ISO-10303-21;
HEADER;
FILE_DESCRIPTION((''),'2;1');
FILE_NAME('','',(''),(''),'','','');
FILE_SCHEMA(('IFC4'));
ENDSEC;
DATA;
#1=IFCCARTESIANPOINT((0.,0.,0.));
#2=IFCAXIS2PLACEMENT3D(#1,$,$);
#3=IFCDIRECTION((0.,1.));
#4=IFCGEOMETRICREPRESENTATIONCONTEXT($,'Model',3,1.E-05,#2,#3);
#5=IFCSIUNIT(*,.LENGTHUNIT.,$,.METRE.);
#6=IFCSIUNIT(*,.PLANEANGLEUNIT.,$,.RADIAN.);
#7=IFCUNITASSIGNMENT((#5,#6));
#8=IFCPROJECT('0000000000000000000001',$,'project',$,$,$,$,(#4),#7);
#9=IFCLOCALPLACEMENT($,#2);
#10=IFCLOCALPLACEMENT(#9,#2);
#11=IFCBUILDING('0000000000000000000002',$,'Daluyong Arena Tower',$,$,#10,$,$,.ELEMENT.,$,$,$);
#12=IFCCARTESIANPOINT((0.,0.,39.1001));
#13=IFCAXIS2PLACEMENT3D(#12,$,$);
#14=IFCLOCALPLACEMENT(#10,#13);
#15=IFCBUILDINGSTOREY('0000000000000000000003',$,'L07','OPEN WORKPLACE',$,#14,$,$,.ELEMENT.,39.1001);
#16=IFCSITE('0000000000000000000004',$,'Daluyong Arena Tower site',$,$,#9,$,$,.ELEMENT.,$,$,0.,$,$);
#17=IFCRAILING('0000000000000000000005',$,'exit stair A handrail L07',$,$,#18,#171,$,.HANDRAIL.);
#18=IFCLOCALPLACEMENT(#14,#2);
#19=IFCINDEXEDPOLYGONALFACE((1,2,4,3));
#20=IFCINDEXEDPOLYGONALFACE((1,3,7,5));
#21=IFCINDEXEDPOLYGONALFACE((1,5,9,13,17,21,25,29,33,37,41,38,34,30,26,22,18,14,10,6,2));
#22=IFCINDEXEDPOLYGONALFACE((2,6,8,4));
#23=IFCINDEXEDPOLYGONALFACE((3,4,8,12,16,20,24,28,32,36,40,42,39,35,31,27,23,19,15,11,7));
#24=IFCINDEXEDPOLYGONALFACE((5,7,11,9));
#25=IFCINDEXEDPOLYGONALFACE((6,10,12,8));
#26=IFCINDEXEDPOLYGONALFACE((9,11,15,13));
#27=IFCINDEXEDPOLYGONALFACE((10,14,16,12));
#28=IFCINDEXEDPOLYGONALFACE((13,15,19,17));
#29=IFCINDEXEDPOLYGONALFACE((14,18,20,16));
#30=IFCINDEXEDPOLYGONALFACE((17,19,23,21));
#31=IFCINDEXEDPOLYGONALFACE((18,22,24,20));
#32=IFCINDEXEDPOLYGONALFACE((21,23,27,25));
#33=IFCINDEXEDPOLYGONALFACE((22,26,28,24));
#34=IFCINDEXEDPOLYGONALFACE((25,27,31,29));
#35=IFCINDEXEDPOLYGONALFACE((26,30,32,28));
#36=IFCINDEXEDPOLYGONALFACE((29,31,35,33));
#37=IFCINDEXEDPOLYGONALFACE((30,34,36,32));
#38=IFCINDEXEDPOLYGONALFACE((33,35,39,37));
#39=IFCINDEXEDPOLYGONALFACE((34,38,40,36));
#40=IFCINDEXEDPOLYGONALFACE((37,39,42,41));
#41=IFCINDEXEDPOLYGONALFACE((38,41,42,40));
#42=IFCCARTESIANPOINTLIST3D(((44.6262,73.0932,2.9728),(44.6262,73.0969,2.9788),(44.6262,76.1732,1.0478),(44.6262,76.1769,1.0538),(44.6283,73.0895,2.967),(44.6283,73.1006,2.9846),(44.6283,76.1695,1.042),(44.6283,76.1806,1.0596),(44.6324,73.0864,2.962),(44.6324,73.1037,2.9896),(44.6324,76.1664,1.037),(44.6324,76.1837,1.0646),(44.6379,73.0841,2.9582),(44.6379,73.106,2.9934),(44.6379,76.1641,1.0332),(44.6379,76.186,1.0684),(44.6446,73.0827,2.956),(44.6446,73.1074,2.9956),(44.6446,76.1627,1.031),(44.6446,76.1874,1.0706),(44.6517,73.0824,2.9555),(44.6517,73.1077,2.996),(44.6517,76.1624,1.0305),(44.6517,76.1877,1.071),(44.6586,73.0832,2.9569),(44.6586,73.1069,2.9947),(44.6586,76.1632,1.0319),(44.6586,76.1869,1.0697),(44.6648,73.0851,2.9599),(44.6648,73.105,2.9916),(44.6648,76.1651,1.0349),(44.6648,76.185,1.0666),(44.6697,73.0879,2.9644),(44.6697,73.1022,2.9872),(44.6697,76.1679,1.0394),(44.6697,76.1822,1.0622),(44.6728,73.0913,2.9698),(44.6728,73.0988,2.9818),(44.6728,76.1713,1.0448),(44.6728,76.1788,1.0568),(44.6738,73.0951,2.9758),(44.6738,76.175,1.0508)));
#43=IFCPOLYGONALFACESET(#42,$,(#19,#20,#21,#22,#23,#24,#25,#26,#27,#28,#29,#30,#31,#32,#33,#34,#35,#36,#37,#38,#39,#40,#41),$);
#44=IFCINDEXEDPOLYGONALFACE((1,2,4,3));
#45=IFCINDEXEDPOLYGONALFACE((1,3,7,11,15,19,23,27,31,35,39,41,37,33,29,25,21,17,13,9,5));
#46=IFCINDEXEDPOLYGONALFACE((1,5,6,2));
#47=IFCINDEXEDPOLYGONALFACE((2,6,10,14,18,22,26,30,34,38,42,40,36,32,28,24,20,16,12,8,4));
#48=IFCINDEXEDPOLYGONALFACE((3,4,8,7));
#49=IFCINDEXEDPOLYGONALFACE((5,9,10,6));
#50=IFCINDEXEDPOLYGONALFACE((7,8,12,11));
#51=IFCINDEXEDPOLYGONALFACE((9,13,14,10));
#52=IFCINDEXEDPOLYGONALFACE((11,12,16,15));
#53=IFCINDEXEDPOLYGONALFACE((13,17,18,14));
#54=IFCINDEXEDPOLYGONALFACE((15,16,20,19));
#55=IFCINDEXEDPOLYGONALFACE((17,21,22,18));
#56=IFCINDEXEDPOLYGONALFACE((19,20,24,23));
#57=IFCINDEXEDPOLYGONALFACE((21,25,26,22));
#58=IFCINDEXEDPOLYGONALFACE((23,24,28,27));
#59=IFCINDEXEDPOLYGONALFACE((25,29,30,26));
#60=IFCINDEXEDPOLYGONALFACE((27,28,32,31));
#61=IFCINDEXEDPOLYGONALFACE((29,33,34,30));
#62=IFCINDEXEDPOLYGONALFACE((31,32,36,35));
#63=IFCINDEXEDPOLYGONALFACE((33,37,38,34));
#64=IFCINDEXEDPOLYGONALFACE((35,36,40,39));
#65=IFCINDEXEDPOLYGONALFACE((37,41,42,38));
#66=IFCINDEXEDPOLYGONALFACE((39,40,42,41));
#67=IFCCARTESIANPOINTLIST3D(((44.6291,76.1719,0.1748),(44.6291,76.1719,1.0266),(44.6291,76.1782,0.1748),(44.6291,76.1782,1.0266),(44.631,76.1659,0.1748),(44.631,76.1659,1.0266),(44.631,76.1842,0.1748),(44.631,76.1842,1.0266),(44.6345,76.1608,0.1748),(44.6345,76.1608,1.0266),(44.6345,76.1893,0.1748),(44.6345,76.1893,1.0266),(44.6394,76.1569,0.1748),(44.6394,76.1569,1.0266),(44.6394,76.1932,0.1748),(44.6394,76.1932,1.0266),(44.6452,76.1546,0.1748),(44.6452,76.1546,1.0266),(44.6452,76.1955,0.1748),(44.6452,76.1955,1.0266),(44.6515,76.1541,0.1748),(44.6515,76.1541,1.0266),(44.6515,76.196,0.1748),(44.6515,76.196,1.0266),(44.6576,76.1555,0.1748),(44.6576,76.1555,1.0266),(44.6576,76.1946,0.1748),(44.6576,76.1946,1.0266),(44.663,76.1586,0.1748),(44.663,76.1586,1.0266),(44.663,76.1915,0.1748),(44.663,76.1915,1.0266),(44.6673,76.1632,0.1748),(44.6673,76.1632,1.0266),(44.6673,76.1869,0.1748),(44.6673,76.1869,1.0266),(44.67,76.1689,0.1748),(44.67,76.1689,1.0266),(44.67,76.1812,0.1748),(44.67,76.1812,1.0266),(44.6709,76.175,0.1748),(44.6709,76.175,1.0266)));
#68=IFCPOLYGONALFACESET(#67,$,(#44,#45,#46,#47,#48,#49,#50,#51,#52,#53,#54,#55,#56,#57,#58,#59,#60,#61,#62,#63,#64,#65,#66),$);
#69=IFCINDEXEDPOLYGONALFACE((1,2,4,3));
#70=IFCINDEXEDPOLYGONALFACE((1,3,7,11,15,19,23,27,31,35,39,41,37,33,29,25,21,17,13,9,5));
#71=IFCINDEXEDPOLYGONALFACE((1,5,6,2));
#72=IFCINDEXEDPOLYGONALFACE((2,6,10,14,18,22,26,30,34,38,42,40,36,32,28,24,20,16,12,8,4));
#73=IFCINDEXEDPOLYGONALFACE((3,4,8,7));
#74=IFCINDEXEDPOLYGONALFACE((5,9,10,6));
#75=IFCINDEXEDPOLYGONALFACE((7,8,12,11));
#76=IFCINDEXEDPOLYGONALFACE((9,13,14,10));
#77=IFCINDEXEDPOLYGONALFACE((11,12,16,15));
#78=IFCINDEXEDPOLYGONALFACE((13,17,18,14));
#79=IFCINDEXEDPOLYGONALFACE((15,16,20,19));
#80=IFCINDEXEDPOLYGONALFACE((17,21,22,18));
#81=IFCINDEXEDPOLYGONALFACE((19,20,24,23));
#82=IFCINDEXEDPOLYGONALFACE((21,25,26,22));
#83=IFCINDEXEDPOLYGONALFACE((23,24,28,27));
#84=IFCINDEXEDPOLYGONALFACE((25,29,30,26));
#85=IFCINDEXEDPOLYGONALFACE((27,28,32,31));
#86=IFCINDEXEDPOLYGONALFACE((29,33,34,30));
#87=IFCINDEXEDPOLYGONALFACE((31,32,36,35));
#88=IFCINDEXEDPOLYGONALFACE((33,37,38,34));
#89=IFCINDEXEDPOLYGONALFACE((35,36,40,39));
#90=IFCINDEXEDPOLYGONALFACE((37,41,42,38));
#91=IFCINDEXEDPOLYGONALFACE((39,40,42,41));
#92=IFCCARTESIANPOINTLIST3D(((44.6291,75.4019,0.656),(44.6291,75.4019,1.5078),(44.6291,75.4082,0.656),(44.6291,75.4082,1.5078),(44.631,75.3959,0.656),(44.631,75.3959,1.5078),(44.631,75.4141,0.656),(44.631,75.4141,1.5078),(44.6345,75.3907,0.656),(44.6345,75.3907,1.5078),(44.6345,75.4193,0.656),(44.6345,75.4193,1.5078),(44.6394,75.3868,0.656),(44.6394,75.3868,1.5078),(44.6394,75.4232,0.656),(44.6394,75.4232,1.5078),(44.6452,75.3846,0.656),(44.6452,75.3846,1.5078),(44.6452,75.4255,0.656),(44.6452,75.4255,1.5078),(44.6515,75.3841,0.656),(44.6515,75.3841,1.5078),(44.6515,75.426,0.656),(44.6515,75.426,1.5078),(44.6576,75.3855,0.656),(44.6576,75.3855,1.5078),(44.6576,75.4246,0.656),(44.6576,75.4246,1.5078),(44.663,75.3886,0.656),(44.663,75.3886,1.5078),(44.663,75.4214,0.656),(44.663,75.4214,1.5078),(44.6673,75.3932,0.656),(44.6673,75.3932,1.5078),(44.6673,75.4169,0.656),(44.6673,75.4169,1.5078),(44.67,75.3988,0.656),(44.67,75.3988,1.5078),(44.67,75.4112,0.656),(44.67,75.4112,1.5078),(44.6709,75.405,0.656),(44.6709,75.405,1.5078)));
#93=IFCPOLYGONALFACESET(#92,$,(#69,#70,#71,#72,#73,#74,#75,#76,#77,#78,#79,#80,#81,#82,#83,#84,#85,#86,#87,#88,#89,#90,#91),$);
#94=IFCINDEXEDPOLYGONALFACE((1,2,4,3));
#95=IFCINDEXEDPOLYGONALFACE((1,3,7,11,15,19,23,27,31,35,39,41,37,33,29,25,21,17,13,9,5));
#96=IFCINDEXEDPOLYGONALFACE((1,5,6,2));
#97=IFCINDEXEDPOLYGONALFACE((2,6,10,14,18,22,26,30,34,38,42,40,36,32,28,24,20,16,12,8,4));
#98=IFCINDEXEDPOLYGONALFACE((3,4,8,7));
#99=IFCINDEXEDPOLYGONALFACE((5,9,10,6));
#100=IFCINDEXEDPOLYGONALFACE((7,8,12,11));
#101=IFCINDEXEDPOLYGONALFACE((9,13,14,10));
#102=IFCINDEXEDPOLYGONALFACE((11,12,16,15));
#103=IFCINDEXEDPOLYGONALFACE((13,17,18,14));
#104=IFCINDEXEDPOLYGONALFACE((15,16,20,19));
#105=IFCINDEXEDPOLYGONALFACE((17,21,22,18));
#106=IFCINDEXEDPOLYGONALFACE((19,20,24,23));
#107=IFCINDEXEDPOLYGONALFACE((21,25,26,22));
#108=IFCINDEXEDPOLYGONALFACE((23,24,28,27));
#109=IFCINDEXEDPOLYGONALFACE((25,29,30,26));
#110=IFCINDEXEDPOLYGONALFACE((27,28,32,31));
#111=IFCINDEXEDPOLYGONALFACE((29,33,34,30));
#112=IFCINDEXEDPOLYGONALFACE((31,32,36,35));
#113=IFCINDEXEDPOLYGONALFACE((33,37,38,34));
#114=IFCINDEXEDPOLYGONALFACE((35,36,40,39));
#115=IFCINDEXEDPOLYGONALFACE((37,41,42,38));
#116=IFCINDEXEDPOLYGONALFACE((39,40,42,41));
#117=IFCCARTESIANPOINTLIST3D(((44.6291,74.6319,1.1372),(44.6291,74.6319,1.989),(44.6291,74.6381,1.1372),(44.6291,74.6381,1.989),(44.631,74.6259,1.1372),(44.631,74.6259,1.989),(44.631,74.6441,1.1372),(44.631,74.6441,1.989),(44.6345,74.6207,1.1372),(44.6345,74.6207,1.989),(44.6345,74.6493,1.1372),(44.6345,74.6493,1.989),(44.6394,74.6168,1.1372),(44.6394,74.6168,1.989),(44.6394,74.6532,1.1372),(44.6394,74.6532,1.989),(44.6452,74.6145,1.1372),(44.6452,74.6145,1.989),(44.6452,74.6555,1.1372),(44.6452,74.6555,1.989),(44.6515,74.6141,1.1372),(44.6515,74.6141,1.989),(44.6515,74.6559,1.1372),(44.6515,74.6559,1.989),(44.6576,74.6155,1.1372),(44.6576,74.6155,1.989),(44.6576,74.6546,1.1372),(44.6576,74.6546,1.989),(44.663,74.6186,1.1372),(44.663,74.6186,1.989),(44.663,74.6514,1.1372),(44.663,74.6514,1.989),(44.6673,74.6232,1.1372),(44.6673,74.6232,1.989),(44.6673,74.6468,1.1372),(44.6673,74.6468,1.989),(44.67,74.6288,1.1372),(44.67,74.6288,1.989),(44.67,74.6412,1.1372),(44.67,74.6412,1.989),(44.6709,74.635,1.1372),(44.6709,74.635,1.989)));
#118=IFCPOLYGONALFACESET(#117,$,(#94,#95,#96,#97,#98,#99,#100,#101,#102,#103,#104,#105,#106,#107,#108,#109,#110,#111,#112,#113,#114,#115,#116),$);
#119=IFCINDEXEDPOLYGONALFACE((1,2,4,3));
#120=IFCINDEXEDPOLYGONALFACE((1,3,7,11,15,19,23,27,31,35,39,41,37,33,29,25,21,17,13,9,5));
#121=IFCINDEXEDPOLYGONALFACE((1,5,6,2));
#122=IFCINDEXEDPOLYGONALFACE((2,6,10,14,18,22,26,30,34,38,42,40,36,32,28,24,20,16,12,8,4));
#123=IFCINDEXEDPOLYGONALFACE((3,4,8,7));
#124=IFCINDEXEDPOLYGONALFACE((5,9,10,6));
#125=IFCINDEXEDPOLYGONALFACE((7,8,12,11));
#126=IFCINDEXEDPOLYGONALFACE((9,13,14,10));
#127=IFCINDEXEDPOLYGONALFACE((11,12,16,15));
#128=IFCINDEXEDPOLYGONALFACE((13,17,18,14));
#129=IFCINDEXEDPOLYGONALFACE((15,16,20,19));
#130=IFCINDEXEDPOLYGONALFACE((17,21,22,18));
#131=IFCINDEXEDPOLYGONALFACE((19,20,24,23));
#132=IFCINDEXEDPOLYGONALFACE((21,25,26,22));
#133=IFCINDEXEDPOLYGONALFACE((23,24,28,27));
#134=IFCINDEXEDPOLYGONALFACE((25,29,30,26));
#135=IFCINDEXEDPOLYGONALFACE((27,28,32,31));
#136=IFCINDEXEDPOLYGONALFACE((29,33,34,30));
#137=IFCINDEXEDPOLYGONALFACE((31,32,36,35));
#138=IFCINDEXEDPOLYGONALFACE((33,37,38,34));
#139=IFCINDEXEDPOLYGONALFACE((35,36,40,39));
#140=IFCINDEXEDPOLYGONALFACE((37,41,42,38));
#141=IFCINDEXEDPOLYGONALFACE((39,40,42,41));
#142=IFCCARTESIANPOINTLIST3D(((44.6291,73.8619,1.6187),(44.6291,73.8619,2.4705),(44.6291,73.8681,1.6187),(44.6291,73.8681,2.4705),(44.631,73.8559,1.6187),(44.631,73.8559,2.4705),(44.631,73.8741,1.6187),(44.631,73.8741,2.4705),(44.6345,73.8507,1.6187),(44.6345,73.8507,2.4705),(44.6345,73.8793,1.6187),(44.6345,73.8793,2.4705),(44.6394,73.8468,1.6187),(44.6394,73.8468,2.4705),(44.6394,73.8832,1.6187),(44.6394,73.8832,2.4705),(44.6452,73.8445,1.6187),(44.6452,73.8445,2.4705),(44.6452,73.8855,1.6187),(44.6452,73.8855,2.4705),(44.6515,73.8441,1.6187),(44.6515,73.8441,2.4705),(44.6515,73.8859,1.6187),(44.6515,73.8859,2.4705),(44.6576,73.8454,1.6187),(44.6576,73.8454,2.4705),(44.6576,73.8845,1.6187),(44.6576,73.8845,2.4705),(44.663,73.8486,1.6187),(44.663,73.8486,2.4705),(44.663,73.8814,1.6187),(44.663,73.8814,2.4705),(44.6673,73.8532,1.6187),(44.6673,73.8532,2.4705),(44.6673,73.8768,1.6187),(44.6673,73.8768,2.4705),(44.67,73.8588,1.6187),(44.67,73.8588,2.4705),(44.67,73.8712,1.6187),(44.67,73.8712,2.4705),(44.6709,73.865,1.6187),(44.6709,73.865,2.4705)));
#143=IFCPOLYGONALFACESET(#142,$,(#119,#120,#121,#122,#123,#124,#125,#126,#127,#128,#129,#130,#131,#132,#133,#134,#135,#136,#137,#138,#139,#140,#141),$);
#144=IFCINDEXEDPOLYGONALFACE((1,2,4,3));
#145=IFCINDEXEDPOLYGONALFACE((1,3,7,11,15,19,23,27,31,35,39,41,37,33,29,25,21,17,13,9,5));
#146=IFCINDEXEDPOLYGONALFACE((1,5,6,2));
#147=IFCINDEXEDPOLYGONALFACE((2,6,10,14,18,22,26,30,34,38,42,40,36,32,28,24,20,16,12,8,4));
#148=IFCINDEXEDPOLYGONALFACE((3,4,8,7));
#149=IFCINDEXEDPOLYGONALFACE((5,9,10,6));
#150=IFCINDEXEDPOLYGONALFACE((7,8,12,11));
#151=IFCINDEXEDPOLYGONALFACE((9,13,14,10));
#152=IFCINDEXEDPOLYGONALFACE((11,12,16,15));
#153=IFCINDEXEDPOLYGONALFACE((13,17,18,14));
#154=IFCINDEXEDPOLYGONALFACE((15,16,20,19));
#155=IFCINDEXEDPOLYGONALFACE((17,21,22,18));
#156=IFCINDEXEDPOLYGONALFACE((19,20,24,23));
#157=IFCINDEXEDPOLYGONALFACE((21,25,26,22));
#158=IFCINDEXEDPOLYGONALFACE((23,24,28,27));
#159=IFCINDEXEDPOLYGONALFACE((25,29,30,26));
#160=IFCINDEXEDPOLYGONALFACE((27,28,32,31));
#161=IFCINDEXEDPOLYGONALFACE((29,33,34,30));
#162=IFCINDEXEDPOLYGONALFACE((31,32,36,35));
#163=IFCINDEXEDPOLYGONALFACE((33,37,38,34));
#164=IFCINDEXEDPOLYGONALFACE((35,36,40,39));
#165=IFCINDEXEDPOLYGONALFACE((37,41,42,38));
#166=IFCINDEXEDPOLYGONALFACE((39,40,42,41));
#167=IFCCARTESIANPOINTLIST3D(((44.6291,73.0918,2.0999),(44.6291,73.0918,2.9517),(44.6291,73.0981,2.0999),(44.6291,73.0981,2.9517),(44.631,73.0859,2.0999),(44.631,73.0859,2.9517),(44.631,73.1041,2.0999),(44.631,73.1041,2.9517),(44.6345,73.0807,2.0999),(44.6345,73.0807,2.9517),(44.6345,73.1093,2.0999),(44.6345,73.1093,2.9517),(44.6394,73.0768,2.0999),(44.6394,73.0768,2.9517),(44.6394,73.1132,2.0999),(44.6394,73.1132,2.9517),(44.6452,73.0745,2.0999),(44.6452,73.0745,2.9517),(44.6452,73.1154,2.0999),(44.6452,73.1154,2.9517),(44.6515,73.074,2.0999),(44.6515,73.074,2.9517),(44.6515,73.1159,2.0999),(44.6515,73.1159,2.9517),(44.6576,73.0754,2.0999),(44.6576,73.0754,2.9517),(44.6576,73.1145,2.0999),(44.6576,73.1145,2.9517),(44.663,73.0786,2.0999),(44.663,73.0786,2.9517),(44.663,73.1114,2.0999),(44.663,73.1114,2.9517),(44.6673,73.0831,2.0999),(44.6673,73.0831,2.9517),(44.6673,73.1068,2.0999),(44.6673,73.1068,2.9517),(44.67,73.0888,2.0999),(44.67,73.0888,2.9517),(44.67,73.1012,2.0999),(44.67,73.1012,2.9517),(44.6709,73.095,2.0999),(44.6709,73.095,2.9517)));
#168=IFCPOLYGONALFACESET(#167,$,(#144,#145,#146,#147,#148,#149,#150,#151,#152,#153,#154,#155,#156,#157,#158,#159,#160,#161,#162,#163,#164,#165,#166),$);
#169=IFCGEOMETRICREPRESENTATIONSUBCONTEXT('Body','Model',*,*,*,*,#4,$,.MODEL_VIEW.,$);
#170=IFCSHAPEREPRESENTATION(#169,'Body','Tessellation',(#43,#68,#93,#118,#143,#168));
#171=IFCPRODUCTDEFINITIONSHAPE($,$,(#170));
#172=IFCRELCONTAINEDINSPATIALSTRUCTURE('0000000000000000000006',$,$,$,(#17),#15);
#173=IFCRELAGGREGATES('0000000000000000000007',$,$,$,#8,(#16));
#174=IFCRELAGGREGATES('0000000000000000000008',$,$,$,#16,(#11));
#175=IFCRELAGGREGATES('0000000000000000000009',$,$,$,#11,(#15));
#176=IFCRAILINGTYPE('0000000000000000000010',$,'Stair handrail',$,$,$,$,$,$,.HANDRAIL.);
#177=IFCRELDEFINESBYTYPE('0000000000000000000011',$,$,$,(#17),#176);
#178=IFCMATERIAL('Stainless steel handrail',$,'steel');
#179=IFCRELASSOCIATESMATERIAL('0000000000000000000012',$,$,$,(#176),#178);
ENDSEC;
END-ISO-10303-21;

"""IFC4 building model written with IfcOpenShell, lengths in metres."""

from ifc_helpers import new_model, si_unit, direction, frame, origin, origin_2d, place, context, subcontext, project, spatial, circle, extrude, material, type_object, element, save


model = new_model("IFC4")

# Units and contexts
model_context = context("Model", 3, precision=1e-05, world=origin(), true_north=direction((0.0, 1.0)))
body_context = subcontext(model_context, "Body", "Model", "MODEL_VIEW")
ifc_project = project(units=[si_unit("LENGTHUNIT", "METRE"), si_unit("PLANEANGLEUNIT", "RADIAN")], contexts=[model_context])

# Site, building, storey
site_placement = place(None, origin())
site = spatial("IfcSite", under=ifc_project, at=site_placement, Name="Daluyong Arena Tower site", CompositionType="ELEMENT", RefElevation=0.0)
building_placement = place(site_placement, origin())
building = spatial("IfcBuilding", under=site, at=building_placement, Name="Daluyong Arena Tower", CompositionType="ELEMENT")
storey_placement = place(building_placement, frame((0.0, 0.0, 39.1001)))
storey = spatial("IfcBuildingStorey", under=building, at=storey_placement, Name="L07", Description="OPEN WORKPLACE", CompositionType="ELEMENT", Elevation=39.1001)

# Railing
ifc_material_1 = material(Name="Stainless steel handrail", Category="steel")
railing_type_1 = type_object("IfcRailingType", Name="Stair handrail", PredefinedType="HANDRAIL", material=ifc_material_1)
railing_1_placement = place(storey_placement, frame((44.6499, 76.175, 0.1748)))
element("IfcRailing", 1, at=railing_1_placement, inside=storey, type_object=railing_type_1, Name="exit stair A handrail L07", PredefinedType="HANDRAIL", context=body_context, shape_type="SweptSolid", body=[
    extrude(circle(Radius=0.0239, at=origin_2d()), frame((0.0, 0.0, 0.876), z_axis=(0.0, -0.847998, 0.529999), x_axis=(1.0, 0.0, 0.0)), (0.0, 0.0, 1.0), 3.6321),
    extrude(circle(Radius=0.021, at=origin_2d()), origin(), (0.0, 0.0, 1.0), 0.8518),
    extrude(circle(Radius=0.021, at=origin_2d()), frame((0.0, -0.77, 0.4812)), (0.0, 0.0, 1.0), 0.8518),
    extrude(circle(Radius=0.021, at=origin_2d()), frame((0.0, -1.54, 0.9624)), (0.0, 0.0, 1.0), 0.8518),
    extrude(circle(Radius=0.021, at=origin_2d()), frame((0.0, -2.3101, 1.4438)), (0.0, 0.0, 1.0), 0.8518),
    extrude(circle(Radius=0.021, at=origin_2d()), frame((0.0, -3.0801, 1.925)), (0.0, 0.0, 1.0), 0.8518),
])

save(model, "model.ifc")
